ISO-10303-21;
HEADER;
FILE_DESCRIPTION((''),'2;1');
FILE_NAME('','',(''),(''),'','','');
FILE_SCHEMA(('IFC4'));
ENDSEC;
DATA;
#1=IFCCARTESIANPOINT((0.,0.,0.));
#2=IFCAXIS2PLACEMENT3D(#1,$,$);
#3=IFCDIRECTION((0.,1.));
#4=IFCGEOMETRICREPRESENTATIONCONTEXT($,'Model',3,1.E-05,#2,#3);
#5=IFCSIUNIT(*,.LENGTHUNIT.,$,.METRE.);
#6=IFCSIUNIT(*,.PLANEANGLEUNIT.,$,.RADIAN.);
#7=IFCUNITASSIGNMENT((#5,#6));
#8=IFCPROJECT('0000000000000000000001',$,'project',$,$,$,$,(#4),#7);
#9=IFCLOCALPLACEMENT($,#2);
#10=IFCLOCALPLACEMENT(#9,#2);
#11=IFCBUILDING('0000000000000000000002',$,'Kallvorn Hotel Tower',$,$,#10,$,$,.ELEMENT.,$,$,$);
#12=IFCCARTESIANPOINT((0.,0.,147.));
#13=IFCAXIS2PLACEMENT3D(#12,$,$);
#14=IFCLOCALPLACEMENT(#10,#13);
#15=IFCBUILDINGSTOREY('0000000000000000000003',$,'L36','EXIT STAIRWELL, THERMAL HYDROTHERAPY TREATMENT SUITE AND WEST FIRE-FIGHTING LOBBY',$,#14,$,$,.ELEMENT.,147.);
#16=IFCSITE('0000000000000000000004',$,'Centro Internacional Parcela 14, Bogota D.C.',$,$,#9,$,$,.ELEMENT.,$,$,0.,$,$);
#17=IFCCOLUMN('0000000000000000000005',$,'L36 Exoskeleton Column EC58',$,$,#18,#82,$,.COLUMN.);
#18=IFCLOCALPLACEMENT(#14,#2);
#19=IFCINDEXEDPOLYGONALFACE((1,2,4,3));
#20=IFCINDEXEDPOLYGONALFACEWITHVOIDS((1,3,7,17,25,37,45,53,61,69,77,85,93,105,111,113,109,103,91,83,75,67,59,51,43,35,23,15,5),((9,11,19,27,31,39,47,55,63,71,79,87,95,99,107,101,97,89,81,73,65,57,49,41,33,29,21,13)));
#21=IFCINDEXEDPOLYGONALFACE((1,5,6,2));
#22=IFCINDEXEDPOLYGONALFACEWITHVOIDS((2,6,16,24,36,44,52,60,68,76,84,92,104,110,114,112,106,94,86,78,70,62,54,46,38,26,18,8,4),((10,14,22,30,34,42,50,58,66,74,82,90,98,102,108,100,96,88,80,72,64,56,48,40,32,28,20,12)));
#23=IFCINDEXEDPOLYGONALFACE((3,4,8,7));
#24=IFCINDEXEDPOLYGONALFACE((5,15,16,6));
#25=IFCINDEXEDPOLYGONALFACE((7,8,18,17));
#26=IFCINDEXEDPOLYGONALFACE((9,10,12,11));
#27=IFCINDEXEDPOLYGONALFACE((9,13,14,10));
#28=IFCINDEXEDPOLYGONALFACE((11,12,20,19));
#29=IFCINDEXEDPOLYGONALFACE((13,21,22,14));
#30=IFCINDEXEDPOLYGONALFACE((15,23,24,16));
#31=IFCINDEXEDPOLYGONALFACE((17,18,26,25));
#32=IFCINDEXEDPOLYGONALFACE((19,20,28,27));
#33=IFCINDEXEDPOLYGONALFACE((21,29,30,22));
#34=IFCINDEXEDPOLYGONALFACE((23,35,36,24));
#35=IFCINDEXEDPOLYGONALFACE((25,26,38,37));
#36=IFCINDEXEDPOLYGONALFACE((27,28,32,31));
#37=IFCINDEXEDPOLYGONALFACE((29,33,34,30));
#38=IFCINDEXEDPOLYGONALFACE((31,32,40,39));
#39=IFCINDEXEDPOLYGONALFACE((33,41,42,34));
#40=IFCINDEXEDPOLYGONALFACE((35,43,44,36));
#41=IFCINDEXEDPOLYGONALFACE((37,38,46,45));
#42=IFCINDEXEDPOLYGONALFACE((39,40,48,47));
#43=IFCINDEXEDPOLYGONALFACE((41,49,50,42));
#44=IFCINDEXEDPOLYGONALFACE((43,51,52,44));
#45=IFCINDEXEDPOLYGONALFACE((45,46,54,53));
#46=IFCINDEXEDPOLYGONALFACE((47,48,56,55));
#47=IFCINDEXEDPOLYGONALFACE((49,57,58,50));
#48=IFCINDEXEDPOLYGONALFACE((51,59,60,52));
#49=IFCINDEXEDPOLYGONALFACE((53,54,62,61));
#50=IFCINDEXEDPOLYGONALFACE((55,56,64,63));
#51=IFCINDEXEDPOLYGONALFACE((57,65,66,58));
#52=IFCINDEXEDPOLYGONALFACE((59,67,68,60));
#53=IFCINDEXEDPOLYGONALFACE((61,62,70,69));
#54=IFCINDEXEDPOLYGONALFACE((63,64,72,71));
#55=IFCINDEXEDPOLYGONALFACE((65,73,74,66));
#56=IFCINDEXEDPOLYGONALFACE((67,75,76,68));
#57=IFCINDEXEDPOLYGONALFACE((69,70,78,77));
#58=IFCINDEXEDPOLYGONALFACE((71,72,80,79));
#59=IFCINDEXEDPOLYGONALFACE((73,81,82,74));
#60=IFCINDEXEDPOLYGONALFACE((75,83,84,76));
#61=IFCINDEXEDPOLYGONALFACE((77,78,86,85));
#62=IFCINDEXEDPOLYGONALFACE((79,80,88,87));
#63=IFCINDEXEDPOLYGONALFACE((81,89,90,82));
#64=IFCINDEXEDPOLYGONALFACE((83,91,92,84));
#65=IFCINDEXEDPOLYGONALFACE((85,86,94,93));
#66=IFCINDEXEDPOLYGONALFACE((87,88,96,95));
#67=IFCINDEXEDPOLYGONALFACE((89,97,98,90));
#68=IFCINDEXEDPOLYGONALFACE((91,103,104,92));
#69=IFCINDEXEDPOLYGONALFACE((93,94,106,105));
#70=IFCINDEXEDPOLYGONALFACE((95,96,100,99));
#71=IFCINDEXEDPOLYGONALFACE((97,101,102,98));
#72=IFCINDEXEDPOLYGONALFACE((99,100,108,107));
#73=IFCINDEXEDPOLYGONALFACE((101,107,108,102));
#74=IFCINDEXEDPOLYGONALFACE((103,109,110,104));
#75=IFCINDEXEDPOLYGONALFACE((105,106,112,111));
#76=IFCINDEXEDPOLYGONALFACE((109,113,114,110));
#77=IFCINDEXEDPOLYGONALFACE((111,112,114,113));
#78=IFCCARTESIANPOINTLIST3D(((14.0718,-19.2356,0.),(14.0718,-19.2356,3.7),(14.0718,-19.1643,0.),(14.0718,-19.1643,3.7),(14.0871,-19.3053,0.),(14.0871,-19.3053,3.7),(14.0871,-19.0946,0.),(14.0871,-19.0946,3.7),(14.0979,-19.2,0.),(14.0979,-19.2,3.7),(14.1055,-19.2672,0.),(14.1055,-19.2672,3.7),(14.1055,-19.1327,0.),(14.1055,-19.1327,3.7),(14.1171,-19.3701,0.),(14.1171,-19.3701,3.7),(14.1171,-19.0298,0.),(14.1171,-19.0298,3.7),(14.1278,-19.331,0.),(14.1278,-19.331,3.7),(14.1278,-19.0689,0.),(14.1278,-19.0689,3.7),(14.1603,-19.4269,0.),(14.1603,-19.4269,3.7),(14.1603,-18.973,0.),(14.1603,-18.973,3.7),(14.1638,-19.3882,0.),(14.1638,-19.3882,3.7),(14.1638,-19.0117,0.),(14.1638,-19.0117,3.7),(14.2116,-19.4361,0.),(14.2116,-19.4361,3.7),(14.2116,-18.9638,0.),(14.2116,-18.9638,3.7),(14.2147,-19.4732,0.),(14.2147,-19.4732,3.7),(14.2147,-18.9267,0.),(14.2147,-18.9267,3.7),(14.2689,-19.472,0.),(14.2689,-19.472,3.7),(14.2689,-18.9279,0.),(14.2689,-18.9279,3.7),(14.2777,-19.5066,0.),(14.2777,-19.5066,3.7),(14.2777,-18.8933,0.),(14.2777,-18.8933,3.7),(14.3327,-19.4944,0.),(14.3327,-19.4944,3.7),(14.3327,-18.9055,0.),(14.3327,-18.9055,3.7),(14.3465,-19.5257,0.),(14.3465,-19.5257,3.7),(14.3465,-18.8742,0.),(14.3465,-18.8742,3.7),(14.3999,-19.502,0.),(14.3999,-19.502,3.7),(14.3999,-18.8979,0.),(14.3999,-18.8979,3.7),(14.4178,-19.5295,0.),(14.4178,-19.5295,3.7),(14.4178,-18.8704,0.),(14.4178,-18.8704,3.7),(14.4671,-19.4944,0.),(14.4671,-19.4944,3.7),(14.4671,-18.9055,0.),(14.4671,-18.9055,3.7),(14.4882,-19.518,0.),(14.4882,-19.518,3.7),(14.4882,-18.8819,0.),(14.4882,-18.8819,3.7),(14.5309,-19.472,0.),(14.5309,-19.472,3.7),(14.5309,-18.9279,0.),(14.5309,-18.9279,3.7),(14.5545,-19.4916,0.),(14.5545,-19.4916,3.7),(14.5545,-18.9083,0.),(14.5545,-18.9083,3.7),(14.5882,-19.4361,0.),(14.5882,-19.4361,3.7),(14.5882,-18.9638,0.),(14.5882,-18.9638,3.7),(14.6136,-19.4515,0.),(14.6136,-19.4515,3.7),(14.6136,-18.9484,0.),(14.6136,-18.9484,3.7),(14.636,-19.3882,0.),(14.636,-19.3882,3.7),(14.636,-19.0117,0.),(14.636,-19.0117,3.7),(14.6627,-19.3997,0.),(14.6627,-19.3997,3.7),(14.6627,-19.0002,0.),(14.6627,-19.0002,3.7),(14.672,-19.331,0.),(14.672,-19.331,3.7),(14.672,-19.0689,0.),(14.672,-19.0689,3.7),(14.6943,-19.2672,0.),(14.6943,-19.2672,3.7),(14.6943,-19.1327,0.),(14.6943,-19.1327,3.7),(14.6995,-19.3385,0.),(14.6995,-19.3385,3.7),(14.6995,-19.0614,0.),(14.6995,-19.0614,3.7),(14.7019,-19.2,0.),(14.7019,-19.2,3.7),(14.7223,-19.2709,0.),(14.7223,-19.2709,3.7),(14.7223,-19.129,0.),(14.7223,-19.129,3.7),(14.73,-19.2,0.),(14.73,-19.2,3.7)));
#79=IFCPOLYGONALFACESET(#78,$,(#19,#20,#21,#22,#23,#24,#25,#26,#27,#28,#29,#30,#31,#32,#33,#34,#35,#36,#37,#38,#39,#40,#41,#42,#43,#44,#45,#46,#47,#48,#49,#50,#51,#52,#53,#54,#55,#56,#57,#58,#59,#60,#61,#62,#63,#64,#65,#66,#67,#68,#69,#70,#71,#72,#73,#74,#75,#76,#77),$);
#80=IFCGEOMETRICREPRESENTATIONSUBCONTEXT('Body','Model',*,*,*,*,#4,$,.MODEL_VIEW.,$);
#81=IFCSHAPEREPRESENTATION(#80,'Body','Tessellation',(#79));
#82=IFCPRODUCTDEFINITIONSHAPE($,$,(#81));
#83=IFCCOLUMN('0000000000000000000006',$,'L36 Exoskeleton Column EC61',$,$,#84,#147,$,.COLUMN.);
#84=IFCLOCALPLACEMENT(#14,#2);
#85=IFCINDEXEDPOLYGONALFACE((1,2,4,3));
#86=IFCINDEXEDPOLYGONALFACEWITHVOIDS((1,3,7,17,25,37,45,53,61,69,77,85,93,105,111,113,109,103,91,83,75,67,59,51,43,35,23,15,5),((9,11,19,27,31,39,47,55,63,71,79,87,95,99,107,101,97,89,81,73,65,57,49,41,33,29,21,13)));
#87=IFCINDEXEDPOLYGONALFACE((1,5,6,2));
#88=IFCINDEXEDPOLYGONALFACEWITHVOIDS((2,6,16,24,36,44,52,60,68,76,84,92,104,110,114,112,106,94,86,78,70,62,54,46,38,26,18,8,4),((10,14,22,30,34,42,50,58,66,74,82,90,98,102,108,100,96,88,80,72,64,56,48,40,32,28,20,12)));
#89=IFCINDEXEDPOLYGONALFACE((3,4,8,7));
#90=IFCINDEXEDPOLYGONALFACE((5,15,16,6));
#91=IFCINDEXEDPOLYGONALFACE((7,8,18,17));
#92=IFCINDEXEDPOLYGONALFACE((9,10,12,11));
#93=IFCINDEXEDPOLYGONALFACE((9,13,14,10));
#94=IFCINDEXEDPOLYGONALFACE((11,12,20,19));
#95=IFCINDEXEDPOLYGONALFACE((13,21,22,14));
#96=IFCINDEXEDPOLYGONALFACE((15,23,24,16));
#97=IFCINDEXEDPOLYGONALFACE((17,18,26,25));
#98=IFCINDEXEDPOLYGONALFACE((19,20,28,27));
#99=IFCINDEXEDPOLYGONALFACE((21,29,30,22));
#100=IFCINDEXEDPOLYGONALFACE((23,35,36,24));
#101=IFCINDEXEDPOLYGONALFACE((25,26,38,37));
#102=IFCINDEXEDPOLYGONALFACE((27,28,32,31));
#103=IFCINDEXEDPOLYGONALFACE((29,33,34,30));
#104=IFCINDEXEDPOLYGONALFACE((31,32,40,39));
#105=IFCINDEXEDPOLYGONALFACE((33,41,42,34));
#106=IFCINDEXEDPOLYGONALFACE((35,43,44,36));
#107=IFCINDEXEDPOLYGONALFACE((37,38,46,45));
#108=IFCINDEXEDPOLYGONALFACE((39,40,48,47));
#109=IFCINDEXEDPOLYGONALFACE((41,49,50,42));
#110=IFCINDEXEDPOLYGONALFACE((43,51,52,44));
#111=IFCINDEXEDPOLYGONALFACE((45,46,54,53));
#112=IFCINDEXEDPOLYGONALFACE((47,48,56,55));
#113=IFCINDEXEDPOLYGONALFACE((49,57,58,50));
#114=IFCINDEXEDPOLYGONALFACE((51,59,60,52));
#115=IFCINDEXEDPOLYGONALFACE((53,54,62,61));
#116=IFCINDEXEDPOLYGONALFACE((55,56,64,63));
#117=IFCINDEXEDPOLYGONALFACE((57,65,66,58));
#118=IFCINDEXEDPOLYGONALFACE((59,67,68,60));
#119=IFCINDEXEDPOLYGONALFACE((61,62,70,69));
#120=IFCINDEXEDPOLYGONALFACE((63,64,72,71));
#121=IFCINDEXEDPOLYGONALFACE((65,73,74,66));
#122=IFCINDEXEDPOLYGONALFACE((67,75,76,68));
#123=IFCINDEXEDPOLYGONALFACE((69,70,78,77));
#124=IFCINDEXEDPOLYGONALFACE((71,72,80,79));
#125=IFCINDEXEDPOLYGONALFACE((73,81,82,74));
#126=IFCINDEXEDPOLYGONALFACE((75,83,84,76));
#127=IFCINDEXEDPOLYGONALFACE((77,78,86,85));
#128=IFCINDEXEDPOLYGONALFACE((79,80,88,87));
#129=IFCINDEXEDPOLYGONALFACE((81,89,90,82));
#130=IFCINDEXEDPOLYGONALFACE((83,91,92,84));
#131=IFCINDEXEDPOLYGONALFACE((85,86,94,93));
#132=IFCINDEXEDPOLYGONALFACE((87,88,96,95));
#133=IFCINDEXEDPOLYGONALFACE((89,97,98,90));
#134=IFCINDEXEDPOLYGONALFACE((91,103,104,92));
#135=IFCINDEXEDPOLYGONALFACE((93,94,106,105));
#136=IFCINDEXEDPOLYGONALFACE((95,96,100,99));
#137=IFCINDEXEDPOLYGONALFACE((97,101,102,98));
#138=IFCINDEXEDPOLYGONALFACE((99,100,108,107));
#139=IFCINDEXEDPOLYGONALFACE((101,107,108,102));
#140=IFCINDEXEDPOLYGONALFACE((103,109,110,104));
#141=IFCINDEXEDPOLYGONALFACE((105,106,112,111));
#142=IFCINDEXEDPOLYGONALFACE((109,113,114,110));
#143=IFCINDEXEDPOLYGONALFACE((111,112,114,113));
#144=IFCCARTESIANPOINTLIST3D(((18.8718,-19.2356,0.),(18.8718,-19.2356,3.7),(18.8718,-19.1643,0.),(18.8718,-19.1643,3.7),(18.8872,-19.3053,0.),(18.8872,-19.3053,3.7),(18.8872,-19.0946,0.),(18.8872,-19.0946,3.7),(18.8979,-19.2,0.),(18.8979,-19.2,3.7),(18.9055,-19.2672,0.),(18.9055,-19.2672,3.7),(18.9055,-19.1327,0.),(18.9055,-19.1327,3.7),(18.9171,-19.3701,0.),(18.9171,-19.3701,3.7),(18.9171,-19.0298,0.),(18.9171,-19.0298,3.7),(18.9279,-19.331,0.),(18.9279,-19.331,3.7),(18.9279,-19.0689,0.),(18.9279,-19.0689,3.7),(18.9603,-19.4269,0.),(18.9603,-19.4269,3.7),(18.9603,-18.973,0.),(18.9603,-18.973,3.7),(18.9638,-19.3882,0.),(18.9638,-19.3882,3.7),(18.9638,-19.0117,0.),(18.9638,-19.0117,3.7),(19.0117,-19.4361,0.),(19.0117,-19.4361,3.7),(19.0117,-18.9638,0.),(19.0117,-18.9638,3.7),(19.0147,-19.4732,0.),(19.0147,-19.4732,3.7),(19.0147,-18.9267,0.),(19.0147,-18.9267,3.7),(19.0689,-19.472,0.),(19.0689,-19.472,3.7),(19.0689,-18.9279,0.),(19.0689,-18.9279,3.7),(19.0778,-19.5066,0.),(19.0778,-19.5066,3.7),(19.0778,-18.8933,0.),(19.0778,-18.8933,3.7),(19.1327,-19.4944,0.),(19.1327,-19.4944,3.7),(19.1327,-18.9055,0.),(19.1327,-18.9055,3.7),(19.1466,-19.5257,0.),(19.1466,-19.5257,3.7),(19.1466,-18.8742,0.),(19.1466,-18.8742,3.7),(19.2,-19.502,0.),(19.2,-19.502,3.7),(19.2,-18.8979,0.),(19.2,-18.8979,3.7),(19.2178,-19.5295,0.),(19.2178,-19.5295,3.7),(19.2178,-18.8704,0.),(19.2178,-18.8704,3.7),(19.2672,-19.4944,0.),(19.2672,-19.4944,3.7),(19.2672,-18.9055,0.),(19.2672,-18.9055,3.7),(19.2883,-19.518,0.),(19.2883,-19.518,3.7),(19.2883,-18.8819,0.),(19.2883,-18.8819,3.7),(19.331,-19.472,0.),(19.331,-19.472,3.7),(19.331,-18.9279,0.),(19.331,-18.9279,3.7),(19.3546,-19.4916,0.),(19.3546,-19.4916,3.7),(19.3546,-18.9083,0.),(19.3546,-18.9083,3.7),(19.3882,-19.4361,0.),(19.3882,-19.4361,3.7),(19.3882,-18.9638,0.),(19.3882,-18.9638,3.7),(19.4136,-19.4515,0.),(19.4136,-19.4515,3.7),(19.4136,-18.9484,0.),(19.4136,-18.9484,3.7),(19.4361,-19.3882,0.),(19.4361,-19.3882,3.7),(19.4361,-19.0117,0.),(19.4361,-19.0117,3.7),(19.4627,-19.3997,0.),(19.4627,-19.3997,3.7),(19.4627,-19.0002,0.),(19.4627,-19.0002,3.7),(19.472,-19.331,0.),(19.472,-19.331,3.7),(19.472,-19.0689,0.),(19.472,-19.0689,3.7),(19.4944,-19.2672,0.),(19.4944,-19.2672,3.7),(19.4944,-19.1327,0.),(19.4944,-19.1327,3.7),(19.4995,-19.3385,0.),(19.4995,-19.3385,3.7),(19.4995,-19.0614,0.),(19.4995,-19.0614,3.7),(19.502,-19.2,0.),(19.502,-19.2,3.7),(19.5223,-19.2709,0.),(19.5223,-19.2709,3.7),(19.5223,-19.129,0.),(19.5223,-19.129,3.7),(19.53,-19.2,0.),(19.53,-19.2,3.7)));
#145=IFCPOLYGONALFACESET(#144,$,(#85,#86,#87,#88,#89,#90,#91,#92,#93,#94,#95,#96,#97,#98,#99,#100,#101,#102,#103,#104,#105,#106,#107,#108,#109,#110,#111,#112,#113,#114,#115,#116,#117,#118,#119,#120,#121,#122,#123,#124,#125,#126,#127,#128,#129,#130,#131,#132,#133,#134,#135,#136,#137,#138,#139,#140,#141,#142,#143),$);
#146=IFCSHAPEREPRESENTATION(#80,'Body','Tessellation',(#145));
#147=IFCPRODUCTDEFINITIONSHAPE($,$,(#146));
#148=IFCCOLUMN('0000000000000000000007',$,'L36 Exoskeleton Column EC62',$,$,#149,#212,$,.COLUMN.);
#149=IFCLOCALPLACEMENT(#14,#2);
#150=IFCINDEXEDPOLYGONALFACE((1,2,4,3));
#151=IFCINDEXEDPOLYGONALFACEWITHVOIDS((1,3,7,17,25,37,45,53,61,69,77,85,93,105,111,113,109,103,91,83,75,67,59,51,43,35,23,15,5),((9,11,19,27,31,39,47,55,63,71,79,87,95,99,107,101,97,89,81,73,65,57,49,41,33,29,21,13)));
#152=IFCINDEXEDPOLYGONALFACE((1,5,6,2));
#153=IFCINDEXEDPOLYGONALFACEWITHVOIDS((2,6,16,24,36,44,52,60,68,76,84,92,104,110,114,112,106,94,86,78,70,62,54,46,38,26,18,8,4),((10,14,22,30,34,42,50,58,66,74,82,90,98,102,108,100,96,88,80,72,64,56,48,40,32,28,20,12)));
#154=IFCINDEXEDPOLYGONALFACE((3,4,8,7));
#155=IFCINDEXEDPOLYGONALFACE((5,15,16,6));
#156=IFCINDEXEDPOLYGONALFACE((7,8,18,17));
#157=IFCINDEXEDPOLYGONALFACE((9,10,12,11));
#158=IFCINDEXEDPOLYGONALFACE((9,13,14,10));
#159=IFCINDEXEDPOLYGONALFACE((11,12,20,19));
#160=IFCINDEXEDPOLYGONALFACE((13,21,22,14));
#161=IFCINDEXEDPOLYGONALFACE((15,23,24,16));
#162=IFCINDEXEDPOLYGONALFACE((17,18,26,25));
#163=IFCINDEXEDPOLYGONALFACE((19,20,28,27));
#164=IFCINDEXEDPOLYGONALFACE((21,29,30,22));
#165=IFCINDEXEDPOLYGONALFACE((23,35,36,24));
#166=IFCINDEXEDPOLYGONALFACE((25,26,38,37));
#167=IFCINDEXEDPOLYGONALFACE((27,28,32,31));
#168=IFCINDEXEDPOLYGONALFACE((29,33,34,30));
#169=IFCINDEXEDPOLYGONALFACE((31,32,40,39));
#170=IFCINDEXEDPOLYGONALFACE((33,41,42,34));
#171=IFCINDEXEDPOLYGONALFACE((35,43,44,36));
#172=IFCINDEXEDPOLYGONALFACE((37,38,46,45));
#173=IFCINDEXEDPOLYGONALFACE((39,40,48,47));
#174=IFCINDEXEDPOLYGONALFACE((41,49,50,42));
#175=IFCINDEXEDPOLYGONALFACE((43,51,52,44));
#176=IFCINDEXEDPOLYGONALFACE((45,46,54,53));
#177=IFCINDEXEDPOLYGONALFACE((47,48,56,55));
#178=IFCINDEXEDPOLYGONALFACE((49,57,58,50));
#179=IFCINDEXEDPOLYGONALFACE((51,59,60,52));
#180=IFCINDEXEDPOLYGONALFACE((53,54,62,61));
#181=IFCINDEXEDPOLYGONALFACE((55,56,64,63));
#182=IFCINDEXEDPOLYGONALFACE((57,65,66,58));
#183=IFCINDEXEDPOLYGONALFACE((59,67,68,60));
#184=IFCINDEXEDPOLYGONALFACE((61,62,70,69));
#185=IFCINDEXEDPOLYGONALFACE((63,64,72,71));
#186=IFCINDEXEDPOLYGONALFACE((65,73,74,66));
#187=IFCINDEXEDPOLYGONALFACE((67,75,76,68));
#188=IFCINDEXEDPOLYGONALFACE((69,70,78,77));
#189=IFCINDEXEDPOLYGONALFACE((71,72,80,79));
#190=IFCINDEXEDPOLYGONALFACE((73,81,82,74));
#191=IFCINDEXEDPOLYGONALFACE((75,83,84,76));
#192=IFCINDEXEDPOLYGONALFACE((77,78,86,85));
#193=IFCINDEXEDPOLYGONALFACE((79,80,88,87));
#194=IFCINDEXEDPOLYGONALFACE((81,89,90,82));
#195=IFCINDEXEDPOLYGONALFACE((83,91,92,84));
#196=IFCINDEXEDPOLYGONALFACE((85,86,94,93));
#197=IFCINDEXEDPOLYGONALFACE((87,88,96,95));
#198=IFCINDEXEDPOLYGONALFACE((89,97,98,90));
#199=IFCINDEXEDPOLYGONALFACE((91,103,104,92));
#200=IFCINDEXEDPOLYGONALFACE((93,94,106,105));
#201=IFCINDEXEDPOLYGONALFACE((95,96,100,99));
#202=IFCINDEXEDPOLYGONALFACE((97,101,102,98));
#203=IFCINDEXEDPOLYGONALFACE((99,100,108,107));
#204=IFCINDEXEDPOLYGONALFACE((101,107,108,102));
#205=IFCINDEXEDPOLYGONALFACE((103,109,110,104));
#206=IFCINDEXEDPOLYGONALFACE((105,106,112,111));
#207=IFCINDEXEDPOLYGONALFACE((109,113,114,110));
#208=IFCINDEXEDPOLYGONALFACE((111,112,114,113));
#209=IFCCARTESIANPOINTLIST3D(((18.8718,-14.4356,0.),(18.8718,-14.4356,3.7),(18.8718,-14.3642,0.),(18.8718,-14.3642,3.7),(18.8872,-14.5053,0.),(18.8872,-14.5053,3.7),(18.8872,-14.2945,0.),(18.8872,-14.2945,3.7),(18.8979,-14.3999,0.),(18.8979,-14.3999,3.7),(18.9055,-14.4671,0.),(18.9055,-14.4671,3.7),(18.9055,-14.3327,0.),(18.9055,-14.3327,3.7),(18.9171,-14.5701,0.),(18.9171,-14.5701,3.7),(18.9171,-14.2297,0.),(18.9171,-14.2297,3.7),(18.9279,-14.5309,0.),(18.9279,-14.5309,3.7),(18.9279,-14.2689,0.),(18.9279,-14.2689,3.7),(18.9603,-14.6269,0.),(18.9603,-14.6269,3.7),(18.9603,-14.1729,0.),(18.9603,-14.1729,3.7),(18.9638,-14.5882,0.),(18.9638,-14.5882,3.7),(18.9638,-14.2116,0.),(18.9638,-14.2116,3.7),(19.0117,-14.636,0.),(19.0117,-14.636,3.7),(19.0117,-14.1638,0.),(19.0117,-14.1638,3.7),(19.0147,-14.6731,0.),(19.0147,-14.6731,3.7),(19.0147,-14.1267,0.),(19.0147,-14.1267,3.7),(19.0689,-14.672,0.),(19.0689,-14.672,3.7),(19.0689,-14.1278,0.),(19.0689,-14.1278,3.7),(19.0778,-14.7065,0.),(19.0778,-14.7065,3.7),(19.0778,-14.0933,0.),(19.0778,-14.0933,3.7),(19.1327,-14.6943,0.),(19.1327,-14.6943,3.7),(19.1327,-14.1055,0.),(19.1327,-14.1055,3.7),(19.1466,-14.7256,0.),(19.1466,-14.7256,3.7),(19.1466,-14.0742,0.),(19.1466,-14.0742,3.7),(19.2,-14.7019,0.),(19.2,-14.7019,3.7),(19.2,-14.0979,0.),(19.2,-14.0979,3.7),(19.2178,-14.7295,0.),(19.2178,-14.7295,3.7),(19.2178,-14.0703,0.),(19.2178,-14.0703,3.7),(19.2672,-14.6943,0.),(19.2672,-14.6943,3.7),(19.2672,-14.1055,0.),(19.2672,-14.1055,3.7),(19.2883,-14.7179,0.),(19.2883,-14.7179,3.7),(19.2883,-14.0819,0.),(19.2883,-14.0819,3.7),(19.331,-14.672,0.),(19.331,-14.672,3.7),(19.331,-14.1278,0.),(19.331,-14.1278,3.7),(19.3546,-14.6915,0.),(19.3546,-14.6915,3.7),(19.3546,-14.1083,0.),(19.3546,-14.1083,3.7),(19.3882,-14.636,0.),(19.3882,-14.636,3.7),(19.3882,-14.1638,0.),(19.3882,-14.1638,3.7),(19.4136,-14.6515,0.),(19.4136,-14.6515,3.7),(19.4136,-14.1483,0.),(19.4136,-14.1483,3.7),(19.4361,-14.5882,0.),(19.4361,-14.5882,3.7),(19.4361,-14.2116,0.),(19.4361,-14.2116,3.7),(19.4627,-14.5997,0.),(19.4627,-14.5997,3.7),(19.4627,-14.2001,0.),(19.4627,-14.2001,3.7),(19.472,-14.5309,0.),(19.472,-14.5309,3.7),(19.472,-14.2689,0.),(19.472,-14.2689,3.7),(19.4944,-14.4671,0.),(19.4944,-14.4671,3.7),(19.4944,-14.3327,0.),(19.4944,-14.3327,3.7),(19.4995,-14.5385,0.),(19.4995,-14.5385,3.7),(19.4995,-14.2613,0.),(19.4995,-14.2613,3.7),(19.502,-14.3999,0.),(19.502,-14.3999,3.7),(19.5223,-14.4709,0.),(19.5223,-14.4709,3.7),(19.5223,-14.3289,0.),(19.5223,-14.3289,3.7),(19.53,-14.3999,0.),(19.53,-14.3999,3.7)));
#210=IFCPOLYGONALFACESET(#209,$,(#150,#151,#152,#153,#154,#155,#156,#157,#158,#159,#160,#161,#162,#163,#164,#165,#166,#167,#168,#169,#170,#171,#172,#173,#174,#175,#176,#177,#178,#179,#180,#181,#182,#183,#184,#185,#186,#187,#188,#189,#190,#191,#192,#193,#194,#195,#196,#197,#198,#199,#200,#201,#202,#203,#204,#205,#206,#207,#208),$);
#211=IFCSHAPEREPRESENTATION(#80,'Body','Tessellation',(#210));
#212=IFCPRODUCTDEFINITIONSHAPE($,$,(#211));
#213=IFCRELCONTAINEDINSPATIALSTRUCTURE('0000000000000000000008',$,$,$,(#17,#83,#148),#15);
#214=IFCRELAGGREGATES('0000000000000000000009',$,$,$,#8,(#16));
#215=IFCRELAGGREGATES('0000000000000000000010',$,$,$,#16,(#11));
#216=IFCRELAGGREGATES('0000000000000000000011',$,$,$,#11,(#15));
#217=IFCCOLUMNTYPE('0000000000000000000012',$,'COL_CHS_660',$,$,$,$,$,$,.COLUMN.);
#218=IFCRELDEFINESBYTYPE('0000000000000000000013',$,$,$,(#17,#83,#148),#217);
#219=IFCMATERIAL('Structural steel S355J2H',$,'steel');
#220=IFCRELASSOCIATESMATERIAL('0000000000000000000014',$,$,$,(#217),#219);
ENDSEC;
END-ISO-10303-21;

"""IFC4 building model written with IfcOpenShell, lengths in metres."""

from ifc_helpers import new_model, si_unit, direction, frame, origin, origin_2d, place, context, subcontext, project, spatial, hollow_circle, extrude, material, material_profile, profile_set, type_object, element, save


model = new_model("IFC4")

# Units and contexts
model_context = context("Model", 3, precision=1e-05, world=origin(), true_north=direction((0.0, 1.0)))
body_context = subcontext(model_context, "Body", "Model", "MODEL_VIEW")
ifc_project = project(units=[si_unit("LENGTHUNIT", "METRE"), si_unit("PLANEANGLEUNIT", "RADIAN")], contexts=[model_context])

# Site, building, storey
site_placement = place(None, origin())
site = spatial("IfcSite", under=ifc_project, at=site_placement, Name="Centro Internacional Parcela 14, Bogota D.C.", CompositionType="ELEMENT", RefElevation=0.0)
building_placement = place(site_placement, origin())
building = spatial("IfcBuilding", under=site, at=building_placement, Name="Kallvorn Hotel Tower", CompositionType="ELEMENT")
storey_placement = place(building_placement, frame((0.0, 0.0, 147.0)))
storey = spatial("IfcBuildingStorey", under=building, at=storey_placement, Name="L36", Description="EXIT STAIRWELL, THERMAL HYDROTHERAPY TREATMENT SUITE AND WEST FIRE-FIGHTING LOBBY", CompositionType="ELEMENT", Elevation=147.0)

# Columns
ifc_material_1 = material(Name="Structural steel S355J2H", Category="steel")
ifc_material_profile_1 = material_profile(ifc_material_1, hollow_circle(Radius=0.3301, WallThickness=0.0281, at=origin_2d()), Name="CHS 660x28")
ifc_profile_set_1 = profile_set([ifc_material_profile_1], Name="Structural steel S355J2H")
column_type_1 = type_object("IfcColumnType", Name="COL_CHS_660", PredefinedType="COLUMN", material=ifc_profile_set_1)
for number, where, z_axis, x_axis, name in (
    (1, (14.3999, -19.2, 0.0), (0.0, 0.0, 1.0), (1.0, 0.0, 0.0), "L36 Exoskeleton Column EC58"),
    (2, (19.2, -19.2, 0.0), (0.0, 0.0, 1.0), (1.0, 0.0, 0.0), "L36 Exoskeleton Column EC61"),
    (3, (19.2, -14.3999, 0.0), (0.0, 0.0, 1.0), (1.0, 0.0, 0.0), "L36 Exoskeleton Column EC62"),
):
    element("IfcColumn", number, at=place(storey_placement, frame(where, z_axis=z_axis, x_axis=x_axis)), inside=storey, type_object=column_type_1, Name=name, PredefinedType="COLUMN", context=body_context, shape_type="SweptSolid", body=[
        extrude(hollow_circle(Radius=0.3301, WallThickness=0.0281, at=origin_2d()), origin(), (0.0, 0.0, 1.0), 3.7),
    ])

save(model, "model.ifc")
